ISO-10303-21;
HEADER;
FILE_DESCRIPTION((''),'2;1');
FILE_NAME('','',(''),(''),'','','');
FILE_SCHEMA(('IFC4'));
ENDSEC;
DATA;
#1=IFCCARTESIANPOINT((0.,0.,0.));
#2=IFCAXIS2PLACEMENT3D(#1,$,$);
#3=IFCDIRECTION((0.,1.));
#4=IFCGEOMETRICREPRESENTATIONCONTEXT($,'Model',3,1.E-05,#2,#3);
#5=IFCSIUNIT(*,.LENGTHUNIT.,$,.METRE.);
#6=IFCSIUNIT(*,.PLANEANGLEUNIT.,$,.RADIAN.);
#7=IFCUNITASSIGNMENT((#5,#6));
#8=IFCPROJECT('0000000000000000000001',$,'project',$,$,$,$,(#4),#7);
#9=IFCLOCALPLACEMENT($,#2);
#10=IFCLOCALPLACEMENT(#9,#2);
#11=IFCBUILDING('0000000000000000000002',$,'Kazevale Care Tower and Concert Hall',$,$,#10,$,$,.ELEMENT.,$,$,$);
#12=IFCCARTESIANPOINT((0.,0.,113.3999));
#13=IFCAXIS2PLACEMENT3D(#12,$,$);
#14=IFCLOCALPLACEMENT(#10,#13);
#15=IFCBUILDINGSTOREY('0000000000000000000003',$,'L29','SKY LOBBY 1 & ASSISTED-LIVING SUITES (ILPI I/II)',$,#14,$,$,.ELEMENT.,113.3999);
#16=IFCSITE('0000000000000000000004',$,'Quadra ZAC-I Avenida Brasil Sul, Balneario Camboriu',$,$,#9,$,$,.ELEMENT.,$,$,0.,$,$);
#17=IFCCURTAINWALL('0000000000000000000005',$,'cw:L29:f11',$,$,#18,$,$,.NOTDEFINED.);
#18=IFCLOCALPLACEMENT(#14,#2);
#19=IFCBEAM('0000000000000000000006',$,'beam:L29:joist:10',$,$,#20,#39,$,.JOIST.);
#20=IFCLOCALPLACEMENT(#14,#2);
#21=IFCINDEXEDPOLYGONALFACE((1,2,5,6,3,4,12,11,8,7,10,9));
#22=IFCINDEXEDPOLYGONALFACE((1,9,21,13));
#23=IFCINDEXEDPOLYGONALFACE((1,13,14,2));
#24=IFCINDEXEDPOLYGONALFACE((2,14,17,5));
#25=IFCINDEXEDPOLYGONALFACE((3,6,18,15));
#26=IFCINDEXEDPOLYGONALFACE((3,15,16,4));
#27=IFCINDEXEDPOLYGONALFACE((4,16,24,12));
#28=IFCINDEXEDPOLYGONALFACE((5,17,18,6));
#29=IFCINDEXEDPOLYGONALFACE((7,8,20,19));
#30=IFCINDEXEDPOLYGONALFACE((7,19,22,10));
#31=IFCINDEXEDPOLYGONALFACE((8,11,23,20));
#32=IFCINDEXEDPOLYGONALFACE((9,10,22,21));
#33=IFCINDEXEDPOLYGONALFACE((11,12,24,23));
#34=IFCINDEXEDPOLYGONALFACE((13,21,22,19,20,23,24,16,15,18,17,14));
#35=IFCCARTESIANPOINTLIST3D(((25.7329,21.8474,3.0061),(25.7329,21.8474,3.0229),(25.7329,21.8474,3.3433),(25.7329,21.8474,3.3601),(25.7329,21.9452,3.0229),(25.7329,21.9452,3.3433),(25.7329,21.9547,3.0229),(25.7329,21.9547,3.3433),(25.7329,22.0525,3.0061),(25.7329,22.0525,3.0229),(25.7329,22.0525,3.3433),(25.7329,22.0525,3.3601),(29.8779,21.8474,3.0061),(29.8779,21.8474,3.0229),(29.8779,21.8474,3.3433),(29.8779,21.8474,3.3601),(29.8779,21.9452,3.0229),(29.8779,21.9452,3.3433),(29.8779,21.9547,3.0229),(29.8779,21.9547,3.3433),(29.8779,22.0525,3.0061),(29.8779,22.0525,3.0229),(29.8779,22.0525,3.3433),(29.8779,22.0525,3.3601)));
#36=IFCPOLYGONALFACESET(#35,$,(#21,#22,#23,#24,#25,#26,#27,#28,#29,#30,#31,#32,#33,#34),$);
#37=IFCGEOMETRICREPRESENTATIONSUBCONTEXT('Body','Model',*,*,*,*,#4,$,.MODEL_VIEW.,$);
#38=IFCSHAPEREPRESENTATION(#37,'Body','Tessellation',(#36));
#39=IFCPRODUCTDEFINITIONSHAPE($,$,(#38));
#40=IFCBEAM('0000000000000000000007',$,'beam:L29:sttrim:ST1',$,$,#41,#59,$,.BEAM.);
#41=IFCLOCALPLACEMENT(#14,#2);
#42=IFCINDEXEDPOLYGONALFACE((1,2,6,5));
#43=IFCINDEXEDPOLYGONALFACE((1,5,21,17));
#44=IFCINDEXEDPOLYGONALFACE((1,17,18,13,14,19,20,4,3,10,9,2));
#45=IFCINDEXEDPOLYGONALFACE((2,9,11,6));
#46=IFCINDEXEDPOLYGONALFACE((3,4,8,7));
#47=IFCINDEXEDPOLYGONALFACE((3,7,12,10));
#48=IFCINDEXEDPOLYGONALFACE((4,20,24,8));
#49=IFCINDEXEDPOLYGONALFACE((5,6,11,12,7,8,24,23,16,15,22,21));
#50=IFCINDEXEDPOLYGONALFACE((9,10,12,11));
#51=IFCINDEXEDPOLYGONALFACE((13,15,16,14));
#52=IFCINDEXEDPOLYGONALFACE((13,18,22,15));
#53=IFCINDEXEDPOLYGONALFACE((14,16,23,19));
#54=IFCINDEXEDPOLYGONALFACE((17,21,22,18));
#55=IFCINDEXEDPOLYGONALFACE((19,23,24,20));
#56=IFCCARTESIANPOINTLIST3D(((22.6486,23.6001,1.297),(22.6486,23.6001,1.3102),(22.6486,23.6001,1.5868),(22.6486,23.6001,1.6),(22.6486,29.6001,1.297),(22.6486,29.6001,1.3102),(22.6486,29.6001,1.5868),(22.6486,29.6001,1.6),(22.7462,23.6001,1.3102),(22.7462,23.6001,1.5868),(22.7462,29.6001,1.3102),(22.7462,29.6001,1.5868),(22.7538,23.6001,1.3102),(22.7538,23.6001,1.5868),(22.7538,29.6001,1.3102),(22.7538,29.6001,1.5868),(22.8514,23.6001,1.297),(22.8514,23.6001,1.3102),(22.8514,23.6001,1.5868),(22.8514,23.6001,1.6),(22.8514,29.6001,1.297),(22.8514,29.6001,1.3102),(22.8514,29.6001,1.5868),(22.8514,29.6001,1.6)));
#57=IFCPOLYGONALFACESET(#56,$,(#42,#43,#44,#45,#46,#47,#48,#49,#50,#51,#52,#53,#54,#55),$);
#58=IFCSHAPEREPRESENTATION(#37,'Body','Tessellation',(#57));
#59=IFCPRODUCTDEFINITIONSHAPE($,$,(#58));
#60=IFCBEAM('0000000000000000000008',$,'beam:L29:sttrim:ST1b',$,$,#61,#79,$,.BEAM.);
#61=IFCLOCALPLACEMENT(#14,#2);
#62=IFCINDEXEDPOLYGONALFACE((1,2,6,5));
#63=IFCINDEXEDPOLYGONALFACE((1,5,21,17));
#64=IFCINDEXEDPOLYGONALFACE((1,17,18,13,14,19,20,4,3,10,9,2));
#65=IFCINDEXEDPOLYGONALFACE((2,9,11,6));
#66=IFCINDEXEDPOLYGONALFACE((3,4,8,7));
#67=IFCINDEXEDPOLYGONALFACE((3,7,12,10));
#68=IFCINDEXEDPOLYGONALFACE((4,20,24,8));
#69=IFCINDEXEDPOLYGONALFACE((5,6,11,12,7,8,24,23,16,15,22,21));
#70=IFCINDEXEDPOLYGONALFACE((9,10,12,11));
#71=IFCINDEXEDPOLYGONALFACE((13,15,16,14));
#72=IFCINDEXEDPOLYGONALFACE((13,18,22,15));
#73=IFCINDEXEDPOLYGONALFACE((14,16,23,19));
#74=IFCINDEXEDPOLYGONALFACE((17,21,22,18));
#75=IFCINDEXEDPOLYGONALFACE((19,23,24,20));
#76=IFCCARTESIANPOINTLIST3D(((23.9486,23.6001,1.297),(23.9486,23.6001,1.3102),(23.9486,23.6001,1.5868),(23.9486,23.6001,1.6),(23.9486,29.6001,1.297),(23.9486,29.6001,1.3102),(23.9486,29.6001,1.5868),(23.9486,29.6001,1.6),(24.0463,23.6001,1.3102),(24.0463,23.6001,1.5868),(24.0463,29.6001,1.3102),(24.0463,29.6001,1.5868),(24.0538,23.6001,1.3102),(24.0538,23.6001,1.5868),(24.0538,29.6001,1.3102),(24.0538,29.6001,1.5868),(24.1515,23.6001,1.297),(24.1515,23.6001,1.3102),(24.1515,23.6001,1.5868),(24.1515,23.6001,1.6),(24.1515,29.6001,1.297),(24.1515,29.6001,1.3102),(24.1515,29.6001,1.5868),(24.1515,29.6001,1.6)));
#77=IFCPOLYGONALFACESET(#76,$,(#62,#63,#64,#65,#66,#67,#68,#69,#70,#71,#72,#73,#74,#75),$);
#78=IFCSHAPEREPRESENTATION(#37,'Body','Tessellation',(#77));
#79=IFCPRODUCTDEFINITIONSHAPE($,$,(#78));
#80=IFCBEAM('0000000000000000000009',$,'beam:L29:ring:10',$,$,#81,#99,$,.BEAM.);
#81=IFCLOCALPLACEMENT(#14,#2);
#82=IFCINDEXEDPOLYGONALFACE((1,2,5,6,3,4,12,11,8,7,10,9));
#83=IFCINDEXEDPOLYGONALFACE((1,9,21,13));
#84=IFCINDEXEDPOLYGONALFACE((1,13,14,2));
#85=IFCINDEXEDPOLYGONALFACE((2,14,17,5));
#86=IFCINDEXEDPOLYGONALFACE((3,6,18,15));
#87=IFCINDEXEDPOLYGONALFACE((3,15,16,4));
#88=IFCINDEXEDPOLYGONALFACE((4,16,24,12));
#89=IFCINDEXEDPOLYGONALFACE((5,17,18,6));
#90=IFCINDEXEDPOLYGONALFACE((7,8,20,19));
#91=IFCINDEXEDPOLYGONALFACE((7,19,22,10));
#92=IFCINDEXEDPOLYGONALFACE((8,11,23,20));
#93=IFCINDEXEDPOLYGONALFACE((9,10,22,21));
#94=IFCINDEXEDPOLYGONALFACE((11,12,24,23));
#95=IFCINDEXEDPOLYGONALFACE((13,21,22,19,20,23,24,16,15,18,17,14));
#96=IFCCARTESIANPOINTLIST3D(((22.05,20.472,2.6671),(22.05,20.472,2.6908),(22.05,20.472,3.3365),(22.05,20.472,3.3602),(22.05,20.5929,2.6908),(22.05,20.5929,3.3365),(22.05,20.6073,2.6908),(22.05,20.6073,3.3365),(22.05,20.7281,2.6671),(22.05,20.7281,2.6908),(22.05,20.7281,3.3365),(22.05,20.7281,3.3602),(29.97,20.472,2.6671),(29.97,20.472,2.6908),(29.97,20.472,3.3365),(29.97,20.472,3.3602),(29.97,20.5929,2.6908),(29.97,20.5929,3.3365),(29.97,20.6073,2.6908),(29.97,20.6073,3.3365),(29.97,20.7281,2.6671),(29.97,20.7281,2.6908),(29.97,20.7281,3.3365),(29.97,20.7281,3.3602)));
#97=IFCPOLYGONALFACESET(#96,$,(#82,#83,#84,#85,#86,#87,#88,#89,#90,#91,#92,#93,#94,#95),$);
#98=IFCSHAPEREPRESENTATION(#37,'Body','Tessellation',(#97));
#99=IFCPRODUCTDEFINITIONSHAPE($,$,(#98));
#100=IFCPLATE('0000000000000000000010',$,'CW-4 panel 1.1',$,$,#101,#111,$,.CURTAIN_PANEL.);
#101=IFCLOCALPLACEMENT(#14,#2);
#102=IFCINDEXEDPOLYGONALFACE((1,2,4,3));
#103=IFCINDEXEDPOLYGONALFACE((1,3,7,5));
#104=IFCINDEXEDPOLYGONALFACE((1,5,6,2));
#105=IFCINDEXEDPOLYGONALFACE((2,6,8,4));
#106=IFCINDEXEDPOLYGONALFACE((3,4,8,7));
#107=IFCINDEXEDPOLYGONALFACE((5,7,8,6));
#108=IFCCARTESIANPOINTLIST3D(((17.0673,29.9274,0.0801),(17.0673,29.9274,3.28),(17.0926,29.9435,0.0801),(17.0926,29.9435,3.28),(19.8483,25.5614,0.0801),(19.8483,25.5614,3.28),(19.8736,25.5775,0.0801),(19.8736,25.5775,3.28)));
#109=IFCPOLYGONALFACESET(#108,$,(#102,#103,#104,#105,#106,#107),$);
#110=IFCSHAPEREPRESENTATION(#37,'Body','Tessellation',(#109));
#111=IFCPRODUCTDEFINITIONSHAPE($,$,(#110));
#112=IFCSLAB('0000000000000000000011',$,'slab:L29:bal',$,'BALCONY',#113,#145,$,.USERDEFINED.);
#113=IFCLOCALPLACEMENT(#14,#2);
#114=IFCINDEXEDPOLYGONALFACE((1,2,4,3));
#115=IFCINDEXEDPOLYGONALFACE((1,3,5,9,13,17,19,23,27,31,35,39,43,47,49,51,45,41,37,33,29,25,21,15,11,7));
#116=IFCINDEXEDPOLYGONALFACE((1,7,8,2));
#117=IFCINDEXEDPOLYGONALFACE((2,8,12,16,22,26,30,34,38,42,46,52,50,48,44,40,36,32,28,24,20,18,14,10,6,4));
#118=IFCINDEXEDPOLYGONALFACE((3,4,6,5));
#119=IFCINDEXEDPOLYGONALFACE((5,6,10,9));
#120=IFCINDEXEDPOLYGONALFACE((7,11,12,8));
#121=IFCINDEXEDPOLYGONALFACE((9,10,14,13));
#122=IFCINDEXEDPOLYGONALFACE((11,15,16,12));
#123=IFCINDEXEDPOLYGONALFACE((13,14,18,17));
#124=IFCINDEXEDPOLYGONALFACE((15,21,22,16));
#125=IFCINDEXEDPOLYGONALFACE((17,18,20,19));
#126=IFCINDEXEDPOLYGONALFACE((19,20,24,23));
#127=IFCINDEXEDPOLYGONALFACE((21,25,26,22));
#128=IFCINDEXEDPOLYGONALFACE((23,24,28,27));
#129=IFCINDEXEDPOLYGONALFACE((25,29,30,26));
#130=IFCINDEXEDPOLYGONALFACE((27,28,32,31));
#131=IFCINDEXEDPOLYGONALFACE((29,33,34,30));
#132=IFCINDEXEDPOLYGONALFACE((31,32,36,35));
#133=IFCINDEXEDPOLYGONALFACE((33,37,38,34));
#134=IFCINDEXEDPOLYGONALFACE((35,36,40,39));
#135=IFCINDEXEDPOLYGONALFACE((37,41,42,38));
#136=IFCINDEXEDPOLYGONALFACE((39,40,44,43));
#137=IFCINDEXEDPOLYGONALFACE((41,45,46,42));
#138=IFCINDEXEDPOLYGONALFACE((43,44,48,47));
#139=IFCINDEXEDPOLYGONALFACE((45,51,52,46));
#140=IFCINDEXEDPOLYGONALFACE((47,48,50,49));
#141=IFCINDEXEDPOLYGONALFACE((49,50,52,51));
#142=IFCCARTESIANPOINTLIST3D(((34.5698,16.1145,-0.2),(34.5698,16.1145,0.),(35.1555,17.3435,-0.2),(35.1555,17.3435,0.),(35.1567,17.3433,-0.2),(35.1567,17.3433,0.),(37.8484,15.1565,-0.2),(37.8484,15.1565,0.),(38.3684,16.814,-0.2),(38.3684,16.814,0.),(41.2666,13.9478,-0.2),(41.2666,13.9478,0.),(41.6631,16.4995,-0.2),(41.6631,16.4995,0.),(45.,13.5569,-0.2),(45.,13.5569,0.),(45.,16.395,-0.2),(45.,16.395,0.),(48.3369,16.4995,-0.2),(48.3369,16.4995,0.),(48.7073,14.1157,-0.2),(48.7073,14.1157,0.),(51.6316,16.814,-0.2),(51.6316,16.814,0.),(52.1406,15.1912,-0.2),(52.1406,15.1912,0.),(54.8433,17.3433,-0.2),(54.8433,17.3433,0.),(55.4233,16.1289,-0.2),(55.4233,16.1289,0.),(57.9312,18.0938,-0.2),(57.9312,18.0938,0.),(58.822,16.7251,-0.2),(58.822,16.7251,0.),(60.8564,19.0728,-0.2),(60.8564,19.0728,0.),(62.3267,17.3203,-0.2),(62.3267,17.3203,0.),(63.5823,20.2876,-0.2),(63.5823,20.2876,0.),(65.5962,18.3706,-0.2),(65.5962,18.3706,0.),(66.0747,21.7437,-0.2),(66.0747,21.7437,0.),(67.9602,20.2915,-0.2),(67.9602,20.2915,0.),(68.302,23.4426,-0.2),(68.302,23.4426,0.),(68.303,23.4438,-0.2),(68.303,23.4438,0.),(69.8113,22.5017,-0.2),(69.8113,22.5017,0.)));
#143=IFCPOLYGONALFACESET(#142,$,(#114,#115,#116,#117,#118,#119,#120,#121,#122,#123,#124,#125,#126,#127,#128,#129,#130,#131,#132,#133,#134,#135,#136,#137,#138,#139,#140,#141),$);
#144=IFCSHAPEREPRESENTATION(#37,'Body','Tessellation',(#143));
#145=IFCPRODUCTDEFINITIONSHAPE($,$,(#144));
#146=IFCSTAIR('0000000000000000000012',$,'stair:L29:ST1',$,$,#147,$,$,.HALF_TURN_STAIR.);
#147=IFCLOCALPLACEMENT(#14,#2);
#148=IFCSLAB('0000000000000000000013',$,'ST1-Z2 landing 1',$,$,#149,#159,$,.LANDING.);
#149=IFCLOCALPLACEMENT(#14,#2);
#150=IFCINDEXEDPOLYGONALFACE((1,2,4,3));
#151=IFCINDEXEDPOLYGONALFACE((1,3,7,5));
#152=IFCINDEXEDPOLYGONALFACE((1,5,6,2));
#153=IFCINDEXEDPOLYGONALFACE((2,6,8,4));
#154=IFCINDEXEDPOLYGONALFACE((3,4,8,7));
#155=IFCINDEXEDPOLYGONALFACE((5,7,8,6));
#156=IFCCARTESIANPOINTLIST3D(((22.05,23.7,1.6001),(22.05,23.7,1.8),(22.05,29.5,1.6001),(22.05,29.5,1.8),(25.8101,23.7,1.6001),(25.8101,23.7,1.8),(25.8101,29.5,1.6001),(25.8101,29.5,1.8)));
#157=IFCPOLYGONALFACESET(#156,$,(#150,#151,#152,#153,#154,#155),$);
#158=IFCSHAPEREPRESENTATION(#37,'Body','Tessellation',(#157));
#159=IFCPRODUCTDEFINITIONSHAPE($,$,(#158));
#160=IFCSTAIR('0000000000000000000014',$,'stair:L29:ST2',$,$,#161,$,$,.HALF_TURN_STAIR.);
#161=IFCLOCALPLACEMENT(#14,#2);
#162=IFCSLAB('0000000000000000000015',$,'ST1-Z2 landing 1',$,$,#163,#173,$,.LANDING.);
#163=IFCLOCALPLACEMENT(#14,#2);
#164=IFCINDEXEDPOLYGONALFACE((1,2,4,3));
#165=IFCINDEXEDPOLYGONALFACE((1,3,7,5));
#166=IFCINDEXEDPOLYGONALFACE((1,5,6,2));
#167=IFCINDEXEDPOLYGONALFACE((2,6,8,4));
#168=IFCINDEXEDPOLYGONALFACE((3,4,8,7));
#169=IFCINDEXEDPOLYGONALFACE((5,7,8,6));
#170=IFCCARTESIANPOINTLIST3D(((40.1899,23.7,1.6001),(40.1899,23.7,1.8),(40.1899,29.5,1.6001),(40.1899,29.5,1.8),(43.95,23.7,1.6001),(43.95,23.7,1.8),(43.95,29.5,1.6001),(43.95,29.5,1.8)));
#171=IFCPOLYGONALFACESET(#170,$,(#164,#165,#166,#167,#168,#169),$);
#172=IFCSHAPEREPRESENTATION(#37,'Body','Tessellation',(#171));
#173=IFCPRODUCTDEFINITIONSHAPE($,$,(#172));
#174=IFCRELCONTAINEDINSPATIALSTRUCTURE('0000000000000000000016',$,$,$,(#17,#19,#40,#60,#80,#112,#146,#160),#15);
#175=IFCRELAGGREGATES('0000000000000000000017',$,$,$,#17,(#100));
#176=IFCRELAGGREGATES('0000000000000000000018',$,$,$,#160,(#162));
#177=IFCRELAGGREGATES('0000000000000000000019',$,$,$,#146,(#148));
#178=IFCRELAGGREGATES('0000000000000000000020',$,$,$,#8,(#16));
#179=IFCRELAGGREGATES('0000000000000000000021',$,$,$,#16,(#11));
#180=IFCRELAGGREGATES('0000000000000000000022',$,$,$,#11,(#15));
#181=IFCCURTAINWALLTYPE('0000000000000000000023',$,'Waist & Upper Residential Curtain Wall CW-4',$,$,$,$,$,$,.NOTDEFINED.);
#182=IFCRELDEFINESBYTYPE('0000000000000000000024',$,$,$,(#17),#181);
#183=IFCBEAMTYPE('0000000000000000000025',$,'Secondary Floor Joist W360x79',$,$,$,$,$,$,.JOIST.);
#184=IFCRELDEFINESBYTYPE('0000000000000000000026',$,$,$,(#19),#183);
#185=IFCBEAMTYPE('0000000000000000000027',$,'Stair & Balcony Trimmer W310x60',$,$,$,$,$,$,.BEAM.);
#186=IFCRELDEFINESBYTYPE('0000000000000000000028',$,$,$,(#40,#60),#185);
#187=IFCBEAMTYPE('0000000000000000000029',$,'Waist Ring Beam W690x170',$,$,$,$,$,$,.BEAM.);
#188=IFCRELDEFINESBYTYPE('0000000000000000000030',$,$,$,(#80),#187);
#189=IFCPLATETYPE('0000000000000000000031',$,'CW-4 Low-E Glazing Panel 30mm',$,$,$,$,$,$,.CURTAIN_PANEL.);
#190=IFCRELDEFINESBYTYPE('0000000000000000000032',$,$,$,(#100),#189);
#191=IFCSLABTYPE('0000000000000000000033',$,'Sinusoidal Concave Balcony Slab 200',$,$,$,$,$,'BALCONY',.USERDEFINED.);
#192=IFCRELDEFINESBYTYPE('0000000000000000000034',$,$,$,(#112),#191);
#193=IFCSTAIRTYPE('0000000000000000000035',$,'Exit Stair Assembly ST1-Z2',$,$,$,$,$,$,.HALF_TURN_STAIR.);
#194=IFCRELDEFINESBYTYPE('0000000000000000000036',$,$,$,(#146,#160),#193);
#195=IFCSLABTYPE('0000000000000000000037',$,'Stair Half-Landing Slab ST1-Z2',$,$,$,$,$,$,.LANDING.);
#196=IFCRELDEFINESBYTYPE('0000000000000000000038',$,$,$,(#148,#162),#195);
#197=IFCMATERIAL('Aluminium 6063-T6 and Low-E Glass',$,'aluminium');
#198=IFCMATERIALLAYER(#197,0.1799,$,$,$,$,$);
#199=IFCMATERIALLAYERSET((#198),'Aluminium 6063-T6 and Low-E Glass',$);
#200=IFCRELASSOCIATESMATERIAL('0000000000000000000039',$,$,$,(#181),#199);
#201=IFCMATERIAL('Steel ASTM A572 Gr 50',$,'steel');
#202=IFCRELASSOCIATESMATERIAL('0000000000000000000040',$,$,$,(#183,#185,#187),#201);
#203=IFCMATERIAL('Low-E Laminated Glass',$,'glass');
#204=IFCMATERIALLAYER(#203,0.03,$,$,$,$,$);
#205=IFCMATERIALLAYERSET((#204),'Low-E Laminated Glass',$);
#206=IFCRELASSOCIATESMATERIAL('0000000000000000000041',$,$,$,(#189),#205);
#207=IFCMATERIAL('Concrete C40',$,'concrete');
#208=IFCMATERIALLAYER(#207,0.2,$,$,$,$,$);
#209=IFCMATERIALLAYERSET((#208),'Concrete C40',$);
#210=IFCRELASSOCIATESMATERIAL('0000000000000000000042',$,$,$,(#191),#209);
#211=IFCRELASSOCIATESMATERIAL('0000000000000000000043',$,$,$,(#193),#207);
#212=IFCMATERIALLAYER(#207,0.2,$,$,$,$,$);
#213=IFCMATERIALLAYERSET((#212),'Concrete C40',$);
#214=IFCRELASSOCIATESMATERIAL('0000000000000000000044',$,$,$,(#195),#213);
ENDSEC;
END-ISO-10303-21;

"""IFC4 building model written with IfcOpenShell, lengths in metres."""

from ifc_helpers import new_model, si_unit, direction, frame, origin, origin_2d, place, context, subcontext, project, spatial, polyline, rectangle, i_section, outline, extrude, material, layer, layer_set, material_profile, profile_set, type_object, element, aggregate, save


model = new_model("IFC4")

# Units and contexts
model_context = context("Model", 3, precision=1e-05, world=origin(), true_north=direction((0.0, 1.0)))
body_context = subcontext(model_context, "Body", "Model", "MODEL_VIEW")
ifc_project = project(units=[si_unit("LENGTHUNIT", "METRE"), si_unit("PLANEANGLEUNIT", "RADIAN")], contexts=[model_context])

# Site, building, storey
site_placement = place(None, origin())
site = spatial("IfcSite", under=ifc_project, at=site_placement, Name="Quadra ZAC-I Avenida Brasil Sul, Balneario Camboriu", CompositionType="ELEMENT", RefElevation=0.0)
building_placement = place(site_placement, origin())
building = spatial("IfcBuilding", under=site, at=building_placement, Name="Kazevale Care Tower and Concert Hall", CompositionType="ELEMENT")
storey_placement = place(building_placement, frame((0.0, 0.0, 113.3999)))
storey = spatial("IfcBuildingStorey", under=building, at=storey_placement, Name="L29", Description="SKY LOBBY 1 & ASSISTED-LIVING SUITES (ILPI I/II)", CompositionType="ELEMENT", Elevation=113.3999)

# Curtain wall
ifc_material_1 = material(Name="Aluminium 6063-T6 and Low-E Glass", Category="aluminium")
ifc_layer_1 = layer(ifc_material_1, 0.1799)
ifc_layer_set_1 = layer_set([ifc_layer_1], Name="Aluminium 6063-T6 and Low-E Glass")
curtain_wall_type_1 = type_object("IfcCurtainWallType", Name="Waist & Upper Residential Curtain Wall CW-4", PredefinedType="NOTDEFINED", material=ifc_layer_set_1)
curtain_wall_1_placement = place(storey_placement, origin())
curtain_wall_1 = element("IfcCurtainWall", 1, at=curtain_wall_1_placement, inside=storey, type_object=curtain_wall_type_1, Name="cw:L29:f11", PredefinedType="NOTDEFINED")

# Beams
ifc_material_2 = material(Name="Steel ASTM A572 Gr 50", Category="steel")
ifc_material_profile_1 = material_profile(ifc_material_2, i_section(OverallWidth=0.2051, OverallDepth=0.354, WebThickness=0.0095, FlangeThickness=0.0168, at=origin_2d()), Name="W360x79")
ifc_profile_set_1 = profile_set([ifc_material_profile_1], Name="Steel ASTM A572 Gr 50")
beam_type_1 = type_object("IfcBeamType", Name="Secondary Floor Joist W360x79", PredefinedType="JOIST", material=ifc_profile_set_1)
beam_1_placement = place(storey_placement, frame((25.7329, 21.95, 3.1831), z_axis=(1.0, 0.0, 0.0), x_axis=(0.0, 1.0, 0.0)))
element("IfcBeam", 2, at=beam_1_placement, inside=storey, type_object=beam_type_1, Name="beam:L29:joist:10", PredefinedType="JOIST", context=body_context, shape_type="SweptSolid", body=[
    extrude(i_section(OverallWidth=0.2051, OverallDepth=0.354, WebThickness=0.0095, FlangeThickness=0.0168, at=origin_2d()), origin(), (0.0, 0.0, 1.0), 4.145),
])
ifc_material_profile_2 = material_profile(ifc_material_2, i_section(OverallWidth=0.2029, OverallDepth=0.303, WebThickness=0.0076, FlangeThickness=0.0132, at=origin_2d()), Name="W310x60")
ifc_profile_set_2 = profile_set([ifc_material_profile_2], Name="Steel ASTM A572 Gr 50")
beam_type_2 = type_object("IfcBeamType", Name="Stair & Balcony Trimmer W310x60", PredefinedType="BEAM", material=ifc_profile_set_2)
for number, where, z_axis, x_axis, name in (
    (3, (22.75, 23.6001, 1.4485), (0.0, 1.0, 0.0), (-1.0, 0.0, 0.0), "beam:L29:sttrim:ST1"),
    (4, (24.05, 23.6001, 1.4485), (0.0, 1.0, 0.0), (-1.0, 0.0, 0.0), "beam:L29:sttrim:ST1b"),
):
    element("IfcBeam", number, at=place(storey_placement, frame(where, z_axis=z_axis, x_axis=x_axis)), inside=storey, type_object=beam_type_2, Name=name, PredefinedType="BEAM", context=body_context, shape_type="SweptSolid", body=[
        extrude(i_section(OverallWidth=0.2029, OverallDepth=0.303, WebThickness=0.0076, FlangeThickness=0.0132, at=origin_2d()), origin(), (0.0, 0.0, 1.0), 6.0),
    ])
ifc_material_profile_3 = material_profile(ifc_material_2, i_section(OverallWidth=0.2561, OverallDepth=0.6931, WebThickness=0.0144, FlangeThickness=0.0237, at=origin_2d()), Name="W690x170")
ifc_profile_set_3 = profile_set([ifc_material_profile_3], Name="Steel ASTM A572 Gr 50")
beam_type_3 = type_object("IfcBeamType", Name="Waist Ring Beam W690x170", PredefinedType="BEAM", material=ifc_profile_set_3)
beam_2_placement = place(storey_placement, frame((22.05, 20.6001, 3.0137), z_axis=(1.0, 0.0, 0.0), x_axis=(0.0, 1.0, 0.0)))
element("IfcBeam", 5, at=beam_2_placement, inside=storey, type_object=beam_type_3, Name="beam:L29:ring:10", PredefinedType="BEAM", context=body_context, shape_type="SweptSolid", body=[
    extrude(i_section(OverallWidth=0.2561, OverallDepth=0.6931, WebThickness=0.0144, FlangeThickness=0.0237, at=origin_2d()), origin(), (0.0, 0.0, 1.0), 7.9199),
])

# Plate
ifc_material_3 = material(Name="Low-E Laminated Glass", Category="glass")
ifc_layer_2 = layer(ifc_material_3, 0.03)
ifc_layer_set_2 = layer_set([ifc_layer_2], Name="Low-E Laminated Glass")
plate_type = type_object("IfcPlateType", Name="CW-4 Low-E Glazing Panel 30mm", PredefinedType="CURTAIN_PANEL", material=ifc_layer_set_2)
plate_placement = place(storey_placement, frame((18.4705, 27.7524, 0.0801), z_axis=(0.0, 0.0, 1.0), x_axis=(-0.537239, 0.84343, 0.0)))
plate = element("IfcPlate", 6, at=plate_placement, type_object=plate_type, Name="CW-4 panel 1.1", PredefinedType="CURTAIN_PANEL", context=body_context, shape_type="SweptSolid", body=[
    extrude(rectangle(XDim=5.1765, YDim=0.03, at=origin_2d()), origin(), (0.0, 0.0, 1.0), 3.2),
])
aggregate(curtain_wall_1, [plate])

# Slab
ifc_material_4 = material(Name="Concrete C40", Category="concrete")
ifc_layer_3 = layer(ifc_material_4, 0.2)
ifc_layer_set_3 = layer_set([ifc_layer_3], Name="Concrete C40")
slab_type_1 = type_object("IfcSlabType", Name="Sinusoidal Concave Balcony Slab 200", ElementType="BALCONY", PredefinedType="USERDEFINED", material=ifc_layer_set_3)
slab_1_placement = place(storey_placement, frame((0.0, 0.0, -0.2)))
element("IfcSlab", 7, at=slab_1_placement, inside=storey, type_object=slab_type_1, Name="slab:L29:bal", ObjectType="BALCONY", PredefinedType="USERDEFINED", context=body_context, shape_type="SweptSolid", body=[
    extrude(outline(polyline([(69.8113, 22.5017), (67.9602, 20.2915), (65.5962, 18.3706), (62.3267, 17.3203), (58.822, 16.7251), (55.4233, 16.1289), (52.1406, 15.1912), (48.7073, 14.1157), (45.0, 13.5569), (41.2666, 13.9478), (37.8484, 15.1565), (34.5698, 16.1145), (35.1555, 17.3435), (35.1567, 17.3433), (38.3684, 16.814), (41.6631, 16.4995), (45.0, 16.395), (48.3369, 16.4995), (51.6316, 16.814), (54.8433, 17.3433), (57.9312, 18.0938), (60.8564, 19.0728), (63.5823, 20.2876), (66.0747, 21.7437), (68.302, 23.4426), (68.303, 23.4438), (69.8113, 22.5017)])), origin(), (0.0, 0.0, 1.0), 0.2),
])

# Stairs, slabs
stair_type = type_object("IfcStairType", Name="Exit Stair Assembly ST1-Z2", PredefinedType="HALF_TURN_STAIR", material=ifc_material_4)
stair_1_placement = place(storey_placement, origin())
stair_1 = element("IfcStair", 8, at=stair_1_placement, inside=storey, type_object=stair_type, Name="stair:L29:ST1", PredefinedType="HALF_TURN_STAIR")
ifc_layer_4 = layer(ifc_material_4, 0.2)
ifc_layer_set_4 = layer_set([ifc_layer_4], Name="Concrete C40")
slab_type_2 = type_object("IfcSlabType", Name="Stair Half-Landing Slab ST1-Z2", PredefinedType="LANDING", material=ifc_layer_set_4)
slab_2_placement = place(storey_placement, frame((0.0, 0.0, 1.6001)))
slab_2 = element("IfcSlab", 9, at=slab_2_placement, type_object=slab_type_2, Name="ST1-Z2 landing 1", PredefinedType="LANDING", context=body_context, shape_type="SweptSolid", body=[
    extrude(outline(polyline([(22.05, 23.7), (25.8101, 23.7), (25.8101, 29.5), (22.05, 29.5), (22.05, 23.7)])), origin(), (0.0, 0.0, 1.0), 0.2),
])
stair_2_placement = place(storey_placement, origin())
stair_2 = element("IfcStair", 10, at=stair_2_placement, inside=storey, type_object=stair_type, Name="stair:L29:ST2", PredefinedType="HALF_TURN_STAIR")
slab_3_placement = place(storey_placement, frame((0.0, 0.0, 1.6001)))
slab_3 = element("IfcSlab", 11, at=slab_3_placement, type_object=slab_type_2, Name="ST1-Z2 landing 1", PredefinedType="LANDING", context=body_context, shape_type="SweptSolid", body=[
    extrude(outline(polyline([(40.1899, 23.7), (43.95, 23.7), (43.95, 29.5), (40.1899, 29.5), (40.1899, 23.7)])), origin(), (0.0, 0.0, 1.0), 0.2),
])
aggregate(stair_2, [slab_3])

aggregate(stair_1, [slab_2])

save(model, "model.ifc")
